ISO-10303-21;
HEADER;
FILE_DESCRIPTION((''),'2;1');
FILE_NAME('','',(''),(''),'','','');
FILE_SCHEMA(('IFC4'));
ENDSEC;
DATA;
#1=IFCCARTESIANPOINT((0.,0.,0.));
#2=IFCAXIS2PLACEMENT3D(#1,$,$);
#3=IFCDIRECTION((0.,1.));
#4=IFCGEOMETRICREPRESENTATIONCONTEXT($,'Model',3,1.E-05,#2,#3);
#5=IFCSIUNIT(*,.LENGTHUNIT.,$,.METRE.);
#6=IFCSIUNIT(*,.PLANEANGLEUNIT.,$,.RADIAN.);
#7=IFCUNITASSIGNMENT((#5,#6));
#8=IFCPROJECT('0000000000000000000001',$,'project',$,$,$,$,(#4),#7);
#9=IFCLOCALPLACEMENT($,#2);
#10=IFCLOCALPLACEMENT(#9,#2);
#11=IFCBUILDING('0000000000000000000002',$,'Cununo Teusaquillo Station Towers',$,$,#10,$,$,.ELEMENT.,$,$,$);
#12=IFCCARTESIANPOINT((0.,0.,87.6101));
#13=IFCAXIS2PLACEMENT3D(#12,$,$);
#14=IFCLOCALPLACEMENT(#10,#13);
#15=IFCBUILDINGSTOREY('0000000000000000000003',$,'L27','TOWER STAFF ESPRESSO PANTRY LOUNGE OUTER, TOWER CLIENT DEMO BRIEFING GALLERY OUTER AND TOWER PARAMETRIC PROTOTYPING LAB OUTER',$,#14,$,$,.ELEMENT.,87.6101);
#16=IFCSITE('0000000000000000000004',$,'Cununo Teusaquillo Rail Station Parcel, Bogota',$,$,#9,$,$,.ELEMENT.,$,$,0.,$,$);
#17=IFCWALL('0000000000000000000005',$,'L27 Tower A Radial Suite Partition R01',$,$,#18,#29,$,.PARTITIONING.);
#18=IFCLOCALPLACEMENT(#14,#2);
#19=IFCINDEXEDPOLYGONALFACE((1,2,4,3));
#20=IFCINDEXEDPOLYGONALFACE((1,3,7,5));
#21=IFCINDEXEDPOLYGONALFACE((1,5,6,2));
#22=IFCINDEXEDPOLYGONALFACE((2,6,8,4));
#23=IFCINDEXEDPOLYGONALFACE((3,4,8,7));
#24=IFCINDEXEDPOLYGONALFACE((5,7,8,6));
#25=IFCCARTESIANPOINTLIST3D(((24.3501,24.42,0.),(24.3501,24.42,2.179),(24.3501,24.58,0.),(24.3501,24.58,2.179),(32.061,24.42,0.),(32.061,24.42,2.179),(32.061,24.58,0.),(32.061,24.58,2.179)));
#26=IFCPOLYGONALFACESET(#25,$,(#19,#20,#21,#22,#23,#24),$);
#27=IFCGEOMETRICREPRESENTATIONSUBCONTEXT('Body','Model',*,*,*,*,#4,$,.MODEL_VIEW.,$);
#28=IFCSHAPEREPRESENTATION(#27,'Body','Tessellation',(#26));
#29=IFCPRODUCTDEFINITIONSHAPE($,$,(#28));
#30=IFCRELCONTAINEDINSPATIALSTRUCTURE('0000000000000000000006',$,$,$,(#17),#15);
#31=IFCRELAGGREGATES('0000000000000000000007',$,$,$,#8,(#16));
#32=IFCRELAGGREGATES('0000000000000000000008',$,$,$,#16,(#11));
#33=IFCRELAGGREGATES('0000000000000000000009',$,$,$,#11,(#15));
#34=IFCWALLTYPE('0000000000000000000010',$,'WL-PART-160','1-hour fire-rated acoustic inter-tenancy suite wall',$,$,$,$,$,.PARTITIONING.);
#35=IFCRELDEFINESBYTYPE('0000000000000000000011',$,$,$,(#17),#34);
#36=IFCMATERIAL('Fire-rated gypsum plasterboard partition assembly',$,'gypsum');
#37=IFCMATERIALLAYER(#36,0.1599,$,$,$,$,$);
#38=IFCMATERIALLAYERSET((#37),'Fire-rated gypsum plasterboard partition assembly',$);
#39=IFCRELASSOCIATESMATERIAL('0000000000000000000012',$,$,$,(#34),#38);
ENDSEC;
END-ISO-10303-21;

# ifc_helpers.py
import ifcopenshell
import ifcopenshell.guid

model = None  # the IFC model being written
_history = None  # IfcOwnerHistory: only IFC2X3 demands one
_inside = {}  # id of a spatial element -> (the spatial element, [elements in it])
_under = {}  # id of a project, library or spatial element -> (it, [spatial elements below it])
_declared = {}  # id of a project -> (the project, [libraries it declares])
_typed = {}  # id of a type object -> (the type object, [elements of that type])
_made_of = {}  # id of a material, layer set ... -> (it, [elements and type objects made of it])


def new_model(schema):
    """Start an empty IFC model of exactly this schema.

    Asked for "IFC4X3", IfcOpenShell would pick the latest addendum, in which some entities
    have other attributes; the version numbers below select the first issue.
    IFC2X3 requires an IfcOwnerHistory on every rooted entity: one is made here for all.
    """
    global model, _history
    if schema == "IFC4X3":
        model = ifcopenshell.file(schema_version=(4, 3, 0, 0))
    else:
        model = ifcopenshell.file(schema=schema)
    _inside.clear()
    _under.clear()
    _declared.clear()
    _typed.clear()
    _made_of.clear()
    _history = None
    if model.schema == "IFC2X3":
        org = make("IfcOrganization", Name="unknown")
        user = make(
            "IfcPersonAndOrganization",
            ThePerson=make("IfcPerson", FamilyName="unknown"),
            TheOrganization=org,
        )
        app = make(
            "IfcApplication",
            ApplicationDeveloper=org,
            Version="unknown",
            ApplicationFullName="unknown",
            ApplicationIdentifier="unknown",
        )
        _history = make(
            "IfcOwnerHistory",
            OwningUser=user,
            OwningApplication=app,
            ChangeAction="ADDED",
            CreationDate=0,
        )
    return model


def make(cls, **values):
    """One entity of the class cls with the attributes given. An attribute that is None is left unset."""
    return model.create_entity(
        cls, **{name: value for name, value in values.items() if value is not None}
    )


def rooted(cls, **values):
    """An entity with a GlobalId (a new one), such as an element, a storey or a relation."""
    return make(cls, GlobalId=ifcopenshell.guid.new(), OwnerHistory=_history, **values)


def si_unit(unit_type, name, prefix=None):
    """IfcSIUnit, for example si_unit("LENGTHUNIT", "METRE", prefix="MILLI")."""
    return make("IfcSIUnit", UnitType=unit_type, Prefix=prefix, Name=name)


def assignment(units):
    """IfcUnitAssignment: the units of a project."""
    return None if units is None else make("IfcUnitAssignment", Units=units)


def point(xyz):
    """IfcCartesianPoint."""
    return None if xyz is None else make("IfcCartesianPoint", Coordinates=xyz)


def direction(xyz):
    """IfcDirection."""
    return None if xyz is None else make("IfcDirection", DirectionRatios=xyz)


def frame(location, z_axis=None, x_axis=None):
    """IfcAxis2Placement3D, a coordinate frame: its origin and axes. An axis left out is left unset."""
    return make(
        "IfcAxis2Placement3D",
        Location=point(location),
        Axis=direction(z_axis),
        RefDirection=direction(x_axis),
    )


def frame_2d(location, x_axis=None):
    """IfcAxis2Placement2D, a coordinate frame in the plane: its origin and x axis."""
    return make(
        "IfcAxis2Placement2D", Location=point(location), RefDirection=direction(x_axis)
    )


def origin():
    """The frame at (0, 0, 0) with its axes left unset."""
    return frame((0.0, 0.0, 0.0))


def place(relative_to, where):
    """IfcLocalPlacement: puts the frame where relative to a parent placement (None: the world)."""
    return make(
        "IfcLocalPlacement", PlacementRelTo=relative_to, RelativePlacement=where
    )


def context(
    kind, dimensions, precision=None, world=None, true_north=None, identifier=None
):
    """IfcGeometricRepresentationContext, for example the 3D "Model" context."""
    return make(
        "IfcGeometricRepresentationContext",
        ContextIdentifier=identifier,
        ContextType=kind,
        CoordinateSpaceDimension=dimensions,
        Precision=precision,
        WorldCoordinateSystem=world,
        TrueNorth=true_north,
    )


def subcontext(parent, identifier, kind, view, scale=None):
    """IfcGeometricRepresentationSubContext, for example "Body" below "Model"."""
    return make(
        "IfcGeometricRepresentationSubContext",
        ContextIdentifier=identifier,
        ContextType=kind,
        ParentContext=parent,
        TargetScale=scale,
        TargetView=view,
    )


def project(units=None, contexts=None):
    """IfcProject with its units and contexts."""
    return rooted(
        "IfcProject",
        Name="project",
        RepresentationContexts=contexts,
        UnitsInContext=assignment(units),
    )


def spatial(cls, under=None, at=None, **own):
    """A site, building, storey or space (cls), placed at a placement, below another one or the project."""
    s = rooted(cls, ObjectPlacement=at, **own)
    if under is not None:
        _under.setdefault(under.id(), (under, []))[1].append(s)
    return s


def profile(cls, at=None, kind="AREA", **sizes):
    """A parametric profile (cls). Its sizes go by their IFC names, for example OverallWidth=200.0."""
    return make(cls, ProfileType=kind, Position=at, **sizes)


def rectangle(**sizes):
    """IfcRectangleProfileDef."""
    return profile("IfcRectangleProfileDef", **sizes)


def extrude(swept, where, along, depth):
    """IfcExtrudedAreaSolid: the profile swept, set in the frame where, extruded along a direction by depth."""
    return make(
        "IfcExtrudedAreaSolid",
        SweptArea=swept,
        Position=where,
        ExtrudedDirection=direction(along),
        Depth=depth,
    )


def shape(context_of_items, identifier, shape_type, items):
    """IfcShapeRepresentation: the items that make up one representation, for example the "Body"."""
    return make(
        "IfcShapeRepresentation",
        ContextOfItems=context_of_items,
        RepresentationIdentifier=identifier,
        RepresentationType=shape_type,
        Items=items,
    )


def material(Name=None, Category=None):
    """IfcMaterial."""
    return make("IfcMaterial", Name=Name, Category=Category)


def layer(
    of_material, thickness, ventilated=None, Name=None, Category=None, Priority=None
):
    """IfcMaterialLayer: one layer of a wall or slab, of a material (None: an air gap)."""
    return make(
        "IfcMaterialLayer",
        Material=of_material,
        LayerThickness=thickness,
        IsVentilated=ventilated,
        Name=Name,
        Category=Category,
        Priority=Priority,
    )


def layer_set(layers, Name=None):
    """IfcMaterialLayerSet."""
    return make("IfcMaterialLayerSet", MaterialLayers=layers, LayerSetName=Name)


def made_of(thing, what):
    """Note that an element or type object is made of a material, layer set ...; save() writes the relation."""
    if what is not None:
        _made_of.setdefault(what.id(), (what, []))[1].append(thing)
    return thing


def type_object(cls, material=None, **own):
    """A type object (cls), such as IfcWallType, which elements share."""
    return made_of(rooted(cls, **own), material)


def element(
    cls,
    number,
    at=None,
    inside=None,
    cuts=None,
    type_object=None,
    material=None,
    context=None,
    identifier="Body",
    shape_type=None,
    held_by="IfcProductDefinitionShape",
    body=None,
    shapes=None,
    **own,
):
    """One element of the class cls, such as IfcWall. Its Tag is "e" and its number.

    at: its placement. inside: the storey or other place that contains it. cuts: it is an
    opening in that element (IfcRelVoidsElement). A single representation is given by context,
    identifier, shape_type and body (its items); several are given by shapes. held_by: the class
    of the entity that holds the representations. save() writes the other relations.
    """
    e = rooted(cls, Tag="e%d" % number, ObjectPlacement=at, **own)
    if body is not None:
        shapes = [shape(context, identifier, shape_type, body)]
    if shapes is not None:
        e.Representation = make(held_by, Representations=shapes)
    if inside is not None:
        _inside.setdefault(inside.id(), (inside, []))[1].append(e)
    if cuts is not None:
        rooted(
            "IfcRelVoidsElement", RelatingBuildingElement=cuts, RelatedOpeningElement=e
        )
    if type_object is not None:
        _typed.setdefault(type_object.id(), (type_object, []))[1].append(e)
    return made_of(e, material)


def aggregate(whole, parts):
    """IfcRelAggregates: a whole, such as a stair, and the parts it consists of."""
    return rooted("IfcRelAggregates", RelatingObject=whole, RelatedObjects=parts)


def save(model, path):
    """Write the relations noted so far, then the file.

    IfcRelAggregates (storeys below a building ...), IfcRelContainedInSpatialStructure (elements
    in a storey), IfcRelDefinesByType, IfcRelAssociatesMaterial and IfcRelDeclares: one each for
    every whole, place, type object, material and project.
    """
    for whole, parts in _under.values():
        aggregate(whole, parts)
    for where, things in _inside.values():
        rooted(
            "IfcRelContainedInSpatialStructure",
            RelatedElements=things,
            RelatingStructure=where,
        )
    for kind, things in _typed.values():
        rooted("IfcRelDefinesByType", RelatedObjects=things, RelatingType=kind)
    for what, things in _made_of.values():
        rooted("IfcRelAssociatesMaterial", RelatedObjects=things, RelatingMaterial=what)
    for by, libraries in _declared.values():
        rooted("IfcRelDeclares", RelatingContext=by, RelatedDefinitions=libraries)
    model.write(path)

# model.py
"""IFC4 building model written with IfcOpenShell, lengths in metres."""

from ifc_helpers import new_model, si_unit, direction, frame, frame_2d, origin, place, context, subcontext, project, spatial, rectangle, extrude, material, layer, layer_set, type_object, element, save


model = new_model("IFC4")

# Units and contexts
model_context = context("Model", 3, precision=1e-05, world=origin(), true_north=direction((0.0, 1.0)))
body_context = subcontext(model_context, "Body", "Model", "MODEL_VIEW")
ifc_project = project(units=[si_unit("LENGTHUNIT", "METRE"), si_unit("PLANEANGLEUNIT", "RADIAN")], contexts=[model_context])

# Site, building, storey
site_placement = place(None, origin())
site = spatial("IfcSite", under=ifc_project, at=site_placement, Name="Cununo Teusaquillo Rail Station Parcel, Bogota", CompositionType="ELEMENT", RefElevation=0.0)
building_placement = place(site_placement, origin())
building = spatial("IfcBuilding", under=site, at=building_placement, Name="Cununo Teusaquillo Station Towers", CompositionType="ELEMENT")
storey_placement = place(building_placement, frame((0.0, 0.0, 87.6101)))
storey = spatial("IfcBuildingStorey", under=building, at=storey_placement, Name="L27", Description="TOWER STAFF ESPRESSO PANTRY LOUNGE OUTER, TOWER CLIENT DEMO BRIEFING GALLERY OUTER AND TOWER PARAMETRIC PROTOTYPING LAB OUTER", CompositionType="ELEMENT", Elevation=87.6101)

# Wall
ifc_material_1 = material(Name="Fire-rated gypsum plasterboard partition assembly", Category="gypsum")
ifc_layer_1 = layer(ifc_material_1, 0.1599)
ifc_layer_set_1 = layer_set([ifc_layer_1], Name="Fire-rated gypsum plasterboard partition assembly")
wall_type_1 = type_object("IfcWallType", Name="WL-PART-160", Description="1-hour fire-rated acoustic inter-tenancy suite wall", PredefinedType="PARTITIONING", material=ifc_layer_set_1)
wall_1_placement = place(storey_placement, frame((24.3501, 24.5, 0.0), z_axis=(0.0, 0.0, 1.0), x_axis=(1.0, 0.0, 0.0)))
element("IfcWall", 1, at=wall_1_placement, inside=storey, type_object=wall_type_1, Name="L27 Tower A Radial Suite Partition R01", PredefinedType="PARTITIONING", context=body_context, shape_type="SweptSolid", body=[
    extrude(rectangle(XDim=7.7109, YDim=0.1599, at=frame_2d((3.8555, 0.0))), origin(), (0.0, 0.0, 1.0), 2.179),
])

save(model, "model.ifc")
